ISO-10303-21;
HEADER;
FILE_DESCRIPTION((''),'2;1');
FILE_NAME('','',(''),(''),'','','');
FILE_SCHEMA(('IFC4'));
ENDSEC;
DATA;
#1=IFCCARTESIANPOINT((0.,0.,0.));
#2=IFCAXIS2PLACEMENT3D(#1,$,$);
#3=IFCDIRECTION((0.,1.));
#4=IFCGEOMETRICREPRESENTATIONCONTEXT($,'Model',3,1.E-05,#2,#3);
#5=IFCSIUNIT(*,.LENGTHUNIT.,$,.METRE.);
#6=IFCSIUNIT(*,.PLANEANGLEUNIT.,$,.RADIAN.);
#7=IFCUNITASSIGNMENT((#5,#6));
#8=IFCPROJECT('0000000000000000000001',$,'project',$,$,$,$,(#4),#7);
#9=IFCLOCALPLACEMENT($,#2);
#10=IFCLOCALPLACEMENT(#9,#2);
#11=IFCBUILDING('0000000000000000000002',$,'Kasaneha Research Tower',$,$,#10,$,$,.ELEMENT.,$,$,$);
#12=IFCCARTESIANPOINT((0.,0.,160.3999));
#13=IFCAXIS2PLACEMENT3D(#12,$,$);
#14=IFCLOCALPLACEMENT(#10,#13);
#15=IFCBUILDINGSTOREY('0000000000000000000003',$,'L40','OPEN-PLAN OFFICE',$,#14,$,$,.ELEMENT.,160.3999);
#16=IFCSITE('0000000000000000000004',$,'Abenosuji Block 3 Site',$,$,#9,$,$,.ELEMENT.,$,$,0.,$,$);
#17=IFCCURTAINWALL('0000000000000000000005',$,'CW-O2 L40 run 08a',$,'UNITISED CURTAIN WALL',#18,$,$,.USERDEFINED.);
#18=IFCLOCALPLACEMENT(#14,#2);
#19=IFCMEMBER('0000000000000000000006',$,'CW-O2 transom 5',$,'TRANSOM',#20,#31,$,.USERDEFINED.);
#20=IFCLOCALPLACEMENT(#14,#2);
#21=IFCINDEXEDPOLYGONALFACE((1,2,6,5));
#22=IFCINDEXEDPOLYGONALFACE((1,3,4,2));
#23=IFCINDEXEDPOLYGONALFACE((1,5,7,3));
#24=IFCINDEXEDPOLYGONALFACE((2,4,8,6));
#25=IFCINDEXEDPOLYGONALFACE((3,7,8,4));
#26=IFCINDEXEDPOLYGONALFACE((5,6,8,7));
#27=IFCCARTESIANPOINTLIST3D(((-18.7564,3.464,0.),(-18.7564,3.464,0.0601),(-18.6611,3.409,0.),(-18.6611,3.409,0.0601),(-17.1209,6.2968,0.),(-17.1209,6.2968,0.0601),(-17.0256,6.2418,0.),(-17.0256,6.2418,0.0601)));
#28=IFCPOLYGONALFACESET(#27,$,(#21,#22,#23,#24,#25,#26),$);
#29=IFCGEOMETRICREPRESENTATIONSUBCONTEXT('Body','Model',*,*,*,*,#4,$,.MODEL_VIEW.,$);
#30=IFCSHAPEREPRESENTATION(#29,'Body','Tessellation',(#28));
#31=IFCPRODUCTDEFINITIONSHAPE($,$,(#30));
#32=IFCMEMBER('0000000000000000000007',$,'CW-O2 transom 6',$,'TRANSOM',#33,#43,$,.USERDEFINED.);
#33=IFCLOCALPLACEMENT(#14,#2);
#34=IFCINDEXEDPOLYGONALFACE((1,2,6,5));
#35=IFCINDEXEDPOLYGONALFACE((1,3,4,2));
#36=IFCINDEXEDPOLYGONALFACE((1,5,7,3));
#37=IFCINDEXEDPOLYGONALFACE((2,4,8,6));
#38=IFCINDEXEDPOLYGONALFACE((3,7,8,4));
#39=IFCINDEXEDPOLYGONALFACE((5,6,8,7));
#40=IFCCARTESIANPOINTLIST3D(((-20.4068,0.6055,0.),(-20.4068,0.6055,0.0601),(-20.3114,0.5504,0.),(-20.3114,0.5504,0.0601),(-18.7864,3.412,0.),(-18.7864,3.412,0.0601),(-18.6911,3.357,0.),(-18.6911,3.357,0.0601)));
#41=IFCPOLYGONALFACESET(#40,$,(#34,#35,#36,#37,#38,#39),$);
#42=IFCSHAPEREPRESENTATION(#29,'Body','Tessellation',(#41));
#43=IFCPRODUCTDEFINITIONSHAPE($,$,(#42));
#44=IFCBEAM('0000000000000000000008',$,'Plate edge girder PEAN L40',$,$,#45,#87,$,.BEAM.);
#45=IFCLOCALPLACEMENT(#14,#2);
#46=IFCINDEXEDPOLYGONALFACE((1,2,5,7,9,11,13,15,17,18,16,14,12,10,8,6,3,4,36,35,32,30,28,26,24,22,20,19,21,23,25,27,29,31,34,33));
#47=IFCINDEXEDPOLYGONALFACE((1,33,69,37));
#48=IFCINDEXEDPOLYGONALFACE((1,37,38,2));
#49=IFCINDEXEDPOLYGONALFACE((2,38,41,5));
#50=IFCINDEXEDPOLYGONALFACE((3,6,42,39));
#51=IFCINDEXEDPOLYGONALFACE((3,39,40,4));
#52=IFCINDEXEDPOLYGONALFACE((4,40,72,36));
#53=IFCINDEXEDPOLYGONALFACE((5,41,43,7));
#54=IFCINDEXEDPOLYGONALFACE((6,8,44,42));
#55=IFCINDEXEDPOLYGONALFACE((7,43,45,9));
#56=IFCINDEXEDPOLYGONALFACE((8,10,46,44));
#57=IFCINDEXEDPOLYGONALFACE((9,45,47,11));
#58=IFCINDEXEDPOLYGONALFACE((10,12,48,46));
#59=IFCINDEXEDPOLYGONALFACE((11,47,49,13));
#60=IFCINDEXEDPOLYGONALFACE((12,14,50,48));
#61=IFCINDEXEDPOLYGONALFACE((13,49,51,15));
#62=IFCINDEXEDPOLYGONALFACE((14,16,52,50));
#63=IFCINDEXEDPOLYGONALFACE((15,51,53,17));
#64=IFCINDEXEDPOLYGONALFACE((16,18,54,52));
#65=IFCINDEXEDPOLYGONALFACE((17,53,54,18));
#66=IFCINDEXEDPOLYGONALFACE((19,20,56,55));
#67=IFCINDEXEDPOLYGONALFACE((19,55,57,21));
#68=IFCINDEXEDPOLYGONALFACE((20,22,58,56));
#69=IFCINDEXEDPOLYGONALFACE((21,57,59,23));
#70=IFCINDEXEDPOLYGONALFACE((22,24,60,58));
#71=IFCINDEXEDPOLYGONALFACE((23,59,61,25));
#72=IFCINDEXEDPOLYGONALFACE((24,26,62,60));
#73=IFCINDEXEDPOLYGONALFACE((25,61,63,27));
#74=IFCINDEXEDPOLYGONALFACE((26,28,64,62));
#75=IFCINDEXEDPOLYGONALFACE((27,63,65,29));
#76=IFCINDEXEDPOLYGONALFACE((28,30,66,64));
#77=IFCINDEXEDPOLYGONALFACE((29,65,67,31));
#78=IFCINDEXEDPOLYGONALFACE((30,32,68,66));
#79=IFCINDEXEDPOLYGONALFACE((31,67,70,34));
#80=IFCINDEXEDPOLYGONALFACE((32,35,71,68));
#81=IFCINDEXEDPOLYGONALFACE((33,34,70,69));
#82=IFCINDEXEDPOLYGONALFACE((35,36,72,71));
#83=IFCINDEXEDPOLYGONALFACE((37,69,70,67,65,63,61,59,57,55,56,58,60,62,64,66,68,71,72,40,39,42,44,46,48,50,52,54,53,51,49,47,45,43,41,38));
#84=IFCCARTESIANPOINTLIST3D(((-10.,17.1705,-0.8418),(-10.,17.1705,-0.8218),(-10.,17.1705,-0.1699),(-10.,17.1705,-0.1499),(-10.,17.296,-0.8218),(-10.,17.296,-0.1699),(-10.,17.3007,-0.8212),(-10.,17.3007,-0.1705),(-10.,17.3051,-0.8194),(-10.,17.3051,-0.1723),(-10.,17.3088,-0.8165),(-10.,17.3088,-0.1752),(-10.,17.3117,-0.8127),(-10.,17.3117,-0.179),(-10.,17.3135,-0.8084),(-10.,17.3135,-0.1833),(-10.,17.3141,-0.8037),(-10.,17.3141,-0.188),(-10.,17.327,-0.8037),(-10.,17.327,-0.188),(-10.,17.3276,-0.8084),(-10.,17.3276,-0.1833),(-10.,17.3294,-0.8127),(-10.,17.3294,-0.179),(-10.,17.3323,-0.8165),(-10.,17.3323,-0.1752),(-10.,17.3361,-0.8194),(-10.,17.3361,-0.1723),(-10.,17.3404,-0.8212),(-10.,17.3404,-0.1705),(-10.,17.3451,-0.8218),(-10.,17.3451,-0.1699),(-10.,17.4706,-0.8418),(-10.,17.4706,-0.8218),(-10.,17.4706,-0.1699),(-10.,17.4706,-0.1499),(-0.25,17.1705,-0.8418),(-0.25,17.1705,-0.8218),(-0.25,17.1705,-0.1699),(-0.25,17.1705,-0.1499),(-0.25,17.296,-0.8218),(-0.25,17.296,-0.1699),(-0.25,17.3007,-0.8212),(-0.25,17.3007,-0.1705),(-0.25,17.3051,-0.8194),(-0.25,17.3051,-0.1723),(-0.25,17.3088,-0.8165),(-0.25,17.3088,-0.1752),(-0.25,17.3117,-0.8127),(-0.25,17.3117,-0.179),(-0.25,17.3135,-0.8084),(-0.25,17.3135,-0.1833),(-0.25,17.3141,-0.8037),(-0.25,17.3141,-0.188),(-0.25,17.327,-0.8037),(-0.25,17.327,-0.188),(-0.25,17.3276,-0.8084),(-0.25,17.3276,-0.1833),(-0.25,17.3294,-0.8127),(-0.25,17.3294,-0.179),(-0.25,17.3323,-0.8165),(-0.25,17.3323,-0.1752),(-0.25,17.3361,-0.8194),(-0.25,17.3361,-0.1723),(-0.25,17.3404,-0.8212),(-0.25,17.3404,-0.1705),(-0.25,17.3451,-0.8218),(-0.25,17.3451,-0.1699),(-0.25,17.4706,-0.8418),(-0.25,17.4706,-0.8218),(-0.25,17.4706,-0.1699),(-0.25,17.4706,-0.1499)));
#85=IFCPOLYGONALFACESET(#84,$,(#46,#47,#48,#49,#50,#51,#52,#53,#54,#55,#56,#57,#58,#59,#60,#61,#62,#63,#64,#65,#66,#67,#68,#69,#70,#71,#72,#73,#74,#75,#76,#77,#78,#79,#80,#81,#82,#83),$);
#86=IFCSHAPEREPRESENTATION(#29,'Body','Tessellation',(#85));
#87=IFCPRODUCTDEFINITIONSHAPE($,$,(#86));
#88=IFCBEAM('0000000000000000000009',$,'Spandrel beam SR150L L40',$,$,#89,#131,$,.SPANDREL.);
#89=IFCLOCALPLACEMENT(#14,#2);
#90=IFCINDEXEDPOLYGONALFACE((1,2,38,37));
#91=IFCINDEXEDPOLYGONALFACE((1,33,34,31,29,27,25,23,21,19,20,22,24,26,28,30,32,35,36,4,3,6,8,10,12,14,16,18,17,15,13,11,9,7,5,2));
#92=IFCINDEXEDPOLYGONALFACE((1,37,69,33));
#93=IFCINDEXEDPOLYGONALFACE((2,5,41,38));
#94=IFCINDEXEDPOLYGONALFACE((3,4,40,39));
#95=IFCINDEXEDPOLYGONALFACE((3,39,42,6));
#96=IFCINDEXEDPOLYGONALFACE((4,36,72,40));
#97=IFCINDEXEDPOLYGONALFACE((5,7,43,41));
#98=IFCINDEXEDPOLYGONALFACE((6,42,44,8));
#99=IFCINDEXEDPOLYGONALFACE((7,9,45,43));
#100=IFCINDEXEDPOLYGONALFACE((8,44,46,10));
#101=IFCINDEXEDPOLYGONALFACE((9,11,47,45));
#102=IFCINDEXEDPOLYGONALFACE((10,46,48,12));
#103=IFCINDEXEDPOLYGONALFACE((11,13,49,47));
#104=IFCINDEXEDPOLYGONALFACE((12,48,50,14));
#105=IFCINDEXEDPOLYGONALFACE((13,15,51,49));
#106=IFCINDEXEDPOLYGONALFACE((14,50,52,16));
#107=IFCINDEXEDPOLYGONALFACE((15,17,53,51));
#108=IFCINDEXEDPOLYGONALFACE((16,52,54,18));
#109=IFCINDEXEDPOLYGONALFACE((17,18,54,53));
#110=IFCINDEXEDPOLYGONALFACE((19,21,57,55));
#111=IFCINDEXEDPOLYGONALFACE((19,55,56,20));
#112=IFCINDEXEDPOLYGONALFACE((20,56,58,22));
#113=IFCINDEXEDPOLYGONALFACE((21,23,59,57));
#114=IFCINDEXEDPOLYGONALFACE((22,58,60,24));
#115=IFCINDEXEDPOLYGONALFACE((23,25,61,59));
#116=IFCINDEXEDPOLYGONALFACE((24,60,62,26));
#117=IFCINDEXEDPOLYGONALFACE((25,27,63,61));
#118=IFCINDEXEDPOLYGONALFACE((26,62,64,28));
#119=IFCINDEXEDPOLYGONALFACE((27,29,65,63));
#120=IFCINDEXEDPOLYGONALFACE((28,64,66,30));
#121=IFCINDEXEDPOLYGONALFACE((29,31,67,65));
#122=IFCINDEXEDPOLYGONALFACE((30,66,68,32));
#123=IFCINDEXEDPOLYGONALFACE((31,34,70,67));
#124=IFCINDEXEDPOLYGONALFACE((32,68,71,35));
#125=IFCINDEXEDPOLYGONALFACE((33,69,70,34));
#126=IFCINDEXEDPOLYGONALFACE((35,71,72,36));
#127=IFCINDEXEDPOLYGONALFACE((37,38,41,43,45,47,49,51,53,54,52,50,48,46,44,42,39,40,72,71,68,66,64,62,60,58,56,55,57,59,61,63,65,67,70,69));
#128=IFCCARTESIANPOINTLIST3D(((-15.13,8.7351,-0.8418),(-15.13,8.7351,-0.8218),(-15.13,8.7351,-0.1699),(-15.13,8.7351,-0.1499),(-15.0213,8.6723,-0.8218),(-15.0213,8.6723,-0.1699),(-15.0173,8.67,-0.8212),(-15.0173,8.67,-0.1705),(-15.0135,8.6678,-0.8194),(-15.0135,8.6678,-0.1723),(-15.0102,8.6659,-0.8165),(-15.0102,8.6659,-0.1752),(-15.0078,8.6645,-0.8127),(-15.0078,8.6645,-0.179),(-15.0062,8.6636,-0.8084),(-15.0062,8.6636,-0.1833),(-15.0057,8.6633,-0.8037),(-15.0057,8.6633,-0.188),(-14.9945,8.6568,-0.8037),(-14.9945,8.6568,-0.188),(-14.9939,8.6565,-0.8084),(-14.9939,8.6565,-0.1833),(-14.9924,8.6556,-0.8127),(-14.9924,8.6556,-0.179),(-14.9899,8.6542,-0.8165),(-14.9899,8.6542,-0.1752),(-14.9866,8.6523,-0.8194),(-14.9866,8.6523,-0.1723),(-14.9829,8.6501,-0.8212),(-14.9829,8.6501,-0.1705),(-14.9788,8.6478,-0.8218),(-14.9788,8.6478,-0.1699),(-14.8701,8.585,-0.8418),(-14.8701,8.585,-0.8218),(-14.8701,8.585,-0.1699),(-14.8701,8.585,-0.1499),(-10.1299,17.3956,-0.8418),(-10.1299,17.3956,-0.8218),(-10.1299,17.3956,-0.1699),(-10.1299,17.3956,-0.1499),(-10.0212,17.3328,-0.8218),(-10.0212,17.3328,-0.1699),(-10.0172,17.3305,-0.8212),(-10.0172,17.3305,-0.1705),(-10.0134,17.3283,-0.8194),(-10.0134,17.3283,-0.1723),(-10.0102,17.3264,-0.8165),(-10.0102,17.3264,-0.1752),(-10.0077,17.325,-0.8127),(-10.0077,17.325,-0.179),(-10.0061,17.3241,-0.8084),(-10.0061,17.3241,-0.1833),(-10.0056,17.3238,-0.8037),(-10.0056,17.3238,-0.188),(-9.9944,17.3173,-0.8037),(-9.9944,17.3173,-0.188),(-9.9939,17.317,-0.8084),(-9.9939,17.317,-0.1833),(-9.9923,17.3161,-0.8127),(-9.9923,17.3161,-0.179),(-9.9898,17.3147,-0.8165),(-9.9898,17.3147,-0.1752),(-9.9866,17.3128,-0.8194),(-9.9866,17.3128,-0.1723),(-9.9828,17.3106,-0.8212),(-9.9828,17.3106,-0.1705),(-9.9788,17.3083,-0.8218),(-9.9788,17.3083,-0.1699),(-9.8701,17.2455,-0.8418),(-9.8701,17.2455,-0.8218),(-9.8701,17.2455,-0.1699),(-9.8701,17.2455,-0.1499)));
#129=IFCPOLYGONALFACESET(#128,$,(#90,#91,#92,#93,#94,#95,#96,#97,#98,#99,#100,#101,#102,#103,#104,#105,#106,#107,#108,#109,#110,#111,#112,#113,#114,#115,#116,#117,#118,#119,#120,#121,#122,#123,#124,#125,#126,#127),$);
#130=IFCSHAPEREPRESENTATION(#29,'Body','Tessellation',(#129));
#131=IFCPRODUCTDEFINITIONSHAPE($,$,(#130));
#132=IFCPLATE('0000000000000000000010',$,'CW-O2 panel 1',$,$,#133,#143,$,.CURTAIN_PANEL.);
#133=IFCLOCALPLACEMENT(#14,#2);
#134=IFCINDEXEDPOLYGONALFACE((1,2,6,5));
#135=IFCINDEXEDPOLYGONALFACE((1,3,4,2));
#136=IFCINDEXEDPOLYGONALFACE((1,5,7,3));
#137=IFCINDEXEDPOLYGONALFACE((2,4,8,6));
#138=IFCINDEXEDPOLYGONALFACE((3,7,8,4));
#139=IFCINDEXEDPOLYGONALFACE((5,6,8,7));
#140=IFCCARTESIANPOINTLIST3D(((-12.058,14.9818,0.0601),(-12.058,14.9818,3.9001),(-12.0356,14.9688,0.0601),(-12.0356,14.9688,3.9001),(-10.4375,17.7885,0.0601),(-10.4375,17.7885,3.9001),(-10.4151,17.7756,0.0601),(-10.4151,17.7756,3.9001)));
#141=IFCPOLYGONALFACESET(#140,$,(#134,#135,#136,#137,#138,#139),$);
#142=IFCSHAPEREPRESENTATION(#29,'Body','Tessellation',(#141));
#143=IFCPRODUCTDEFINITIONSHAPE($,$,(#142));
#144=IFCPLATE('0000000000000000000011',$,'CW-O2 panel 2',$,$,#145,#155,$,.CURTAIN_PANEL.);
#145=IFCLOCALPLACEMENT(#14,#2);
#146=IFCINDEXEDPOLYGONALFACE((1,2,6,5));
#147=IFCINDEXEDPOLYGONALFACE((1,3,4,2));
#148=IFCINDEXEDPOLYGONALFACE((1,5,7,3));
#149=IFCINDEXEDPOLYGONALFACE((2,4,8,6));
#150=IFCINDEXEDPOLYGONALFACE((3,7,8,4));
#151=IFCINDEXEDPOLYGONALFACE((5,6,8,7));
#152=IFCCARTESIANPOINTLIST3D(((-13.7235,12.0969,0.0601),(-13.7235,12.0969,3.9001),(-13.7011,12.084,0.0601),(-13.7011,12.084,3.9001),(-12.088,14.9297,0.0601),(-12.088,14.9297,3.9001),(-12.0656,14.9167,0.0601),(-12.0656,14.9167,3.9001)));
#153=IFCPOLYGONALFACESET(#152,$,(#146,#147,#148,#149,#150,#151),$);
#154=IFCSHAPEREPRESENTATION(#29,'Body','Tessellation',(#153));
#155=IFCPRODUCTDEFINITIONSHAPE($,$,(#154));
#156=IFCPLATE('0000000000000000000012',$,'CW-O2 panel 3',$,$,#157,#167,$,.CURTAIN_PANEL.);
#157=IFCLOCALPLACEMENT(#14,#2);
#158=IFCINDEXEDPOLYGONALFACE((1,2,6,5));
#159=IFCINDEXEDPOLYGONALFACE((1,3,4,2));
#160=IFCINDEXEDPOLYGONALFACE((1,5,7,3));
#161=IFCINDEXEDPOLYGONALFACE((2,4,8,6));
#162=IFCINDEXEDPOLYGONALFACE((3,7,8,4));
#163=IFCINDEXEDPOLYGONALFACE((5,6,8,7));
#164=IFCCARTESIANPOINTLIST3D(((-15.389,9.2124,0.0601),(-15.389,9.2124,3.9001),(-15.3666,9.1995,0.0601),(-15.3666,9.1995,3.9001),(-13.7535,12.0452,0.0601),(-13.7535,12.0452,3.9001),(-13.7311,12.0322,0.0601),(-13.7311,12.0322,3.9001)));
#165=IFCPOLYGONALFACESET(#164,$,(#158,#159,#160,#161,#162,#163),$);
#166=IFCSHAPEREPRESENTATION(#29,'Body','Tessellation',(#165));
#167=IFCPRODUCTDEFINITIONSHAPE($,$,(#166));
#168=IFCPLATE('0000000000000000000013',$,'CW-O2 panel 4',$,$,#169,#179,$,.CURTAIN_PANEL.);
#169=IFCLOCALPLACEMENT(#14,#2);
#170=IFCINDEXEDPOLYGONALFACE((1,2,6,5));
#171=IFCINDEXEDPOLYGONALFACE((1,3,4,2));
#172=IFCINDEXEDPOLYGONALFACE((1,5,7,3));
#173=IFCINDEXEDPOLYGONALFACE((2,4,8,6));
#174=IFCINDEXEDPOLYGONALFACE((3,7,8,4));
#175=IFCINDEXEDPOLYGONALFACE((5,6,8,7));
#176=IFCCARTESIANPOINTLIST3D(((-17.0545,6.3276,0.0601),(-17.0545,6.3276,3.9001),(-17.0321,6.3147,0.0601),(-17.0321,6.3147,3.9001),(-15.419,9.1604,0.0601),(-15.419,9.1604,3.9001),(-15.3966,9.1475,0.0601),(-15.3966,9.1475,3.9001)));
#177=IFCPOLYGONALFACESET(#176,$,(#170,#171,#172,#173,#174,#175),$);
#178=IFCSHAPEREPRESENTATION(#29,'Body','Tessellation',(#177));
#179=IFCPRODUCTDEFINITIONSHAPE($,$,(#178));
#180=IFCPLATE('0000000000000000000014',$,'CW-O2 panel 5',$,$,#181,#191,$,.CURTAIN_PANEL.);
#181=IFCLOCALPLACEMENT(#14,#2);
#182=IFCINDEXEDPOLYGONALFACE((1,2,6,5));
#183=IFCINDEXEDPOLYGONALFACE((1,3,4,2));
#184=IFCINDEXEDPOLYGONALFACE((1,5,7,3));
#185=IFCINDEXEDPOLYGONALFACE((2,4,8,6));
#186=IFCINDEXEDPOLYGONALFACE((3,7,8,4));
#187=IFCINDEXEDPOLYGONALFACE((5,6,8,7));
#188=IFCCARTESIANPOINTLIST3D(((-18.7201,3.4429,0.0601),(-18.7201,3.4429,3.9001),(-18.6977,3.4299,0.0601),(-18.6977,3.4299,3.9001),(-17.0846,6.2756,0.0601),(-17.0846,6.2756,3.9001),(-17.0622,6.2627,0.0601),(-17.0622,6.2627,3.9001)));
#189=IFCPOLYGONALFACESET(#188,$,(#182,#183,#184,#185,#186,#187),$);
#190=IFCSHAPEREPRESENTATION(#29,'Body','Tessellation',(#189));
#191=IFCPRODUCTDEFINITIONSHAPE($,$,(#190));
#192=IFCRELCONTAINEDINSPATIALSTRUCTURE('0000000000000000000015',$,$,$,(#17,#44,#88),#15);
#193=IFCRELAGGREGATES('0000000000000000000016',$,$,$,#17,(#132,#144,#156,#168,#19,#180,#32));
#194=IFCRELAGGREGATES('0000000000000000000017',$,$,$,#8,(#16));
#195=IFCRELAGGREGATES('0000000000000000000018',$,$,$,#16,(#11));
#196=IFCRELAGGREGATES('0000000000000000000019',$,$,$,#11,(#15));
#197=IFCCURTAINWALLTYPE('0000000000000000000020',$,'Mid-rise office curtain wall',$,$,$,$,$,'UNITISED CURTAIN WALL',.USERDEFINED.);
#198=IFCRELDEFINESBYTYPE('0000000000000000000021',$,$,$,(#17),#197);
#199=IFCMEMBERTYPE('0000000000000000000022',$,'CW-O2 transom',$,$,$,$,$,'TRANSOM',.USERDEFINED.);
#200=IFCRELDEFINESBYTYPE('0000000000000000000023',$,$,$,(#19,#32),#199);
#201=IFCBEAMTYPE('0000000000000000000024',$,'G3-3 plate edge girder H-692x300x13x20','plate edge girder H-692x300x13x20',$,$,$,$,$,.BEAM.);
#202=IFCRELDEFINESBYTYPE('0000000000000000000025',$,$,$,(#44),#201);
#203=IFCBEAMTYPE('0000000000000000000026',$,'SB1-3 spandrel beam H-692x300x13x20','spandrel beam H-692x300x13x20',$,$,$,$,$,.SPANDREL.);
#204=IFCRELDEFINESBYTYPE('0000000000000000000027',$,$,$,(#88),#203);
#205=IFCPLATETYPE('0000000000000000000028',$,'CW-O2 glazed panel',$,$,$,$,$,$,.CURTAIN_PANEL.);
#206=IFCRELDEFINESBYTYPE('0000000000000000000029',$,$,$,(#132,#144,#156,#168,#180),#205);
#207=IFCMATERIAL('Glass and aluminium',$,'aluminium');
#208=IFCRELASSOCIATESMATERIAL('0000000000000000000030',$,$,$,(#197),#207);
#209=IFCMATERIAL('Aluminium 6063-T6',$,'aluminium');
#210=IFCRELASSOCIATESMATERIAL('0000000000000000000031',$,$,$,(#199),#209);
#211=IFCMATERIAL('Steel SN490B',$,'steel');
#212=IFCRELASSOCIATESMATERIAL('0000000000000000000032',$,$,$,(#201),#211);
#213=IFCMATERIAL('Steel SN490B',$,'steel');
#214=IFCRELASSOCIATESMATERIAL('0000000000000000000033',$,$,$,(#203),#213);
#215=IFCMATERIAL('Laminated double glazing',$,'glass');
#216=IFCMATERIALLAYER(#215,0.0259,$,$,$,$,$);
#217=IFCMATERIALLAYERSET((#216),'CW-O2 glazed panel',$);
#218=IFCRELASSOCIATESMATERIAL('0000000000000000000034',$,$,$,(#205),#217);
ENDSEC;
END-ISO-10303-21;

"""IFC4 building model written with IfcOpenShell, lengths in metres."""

from ifc_helpers import new_model, si_unit, direction, frame, origin, origin_2d, place, context, subcontext, project, spatial, rectangle, i_section, extrude, material, layer, layer_set, material_profile, profile_set, type_object, element, aggregate, save


model = new_model("IFC4")

# Units and contexts
model_context = context("Model", 3, precision=1e-05, world=origin(), true_north=direction((0.0, 1.0)))
body_context = subcontext(model_context, "Body", "Model", "MODEL_VIEW")
ifc_project = project(units=[si_unit("LENGTHUNIT", "METRE"), si_unit("PLANEANGLEUNIT", "RADIAN")], contexts=[model_context])

# Site, building, storey
site_placement = place(None, origin())
site = spatial("IfcSite", under=ifc_project, at=site_placement, Name="Abenosuji Block 3 Site", CompositionType="ELEMENT", RefElevation=0.0)
building_placement = place(site_placement, origin())
building = spatial("IfcBuilding", under=site, at=building_placement, Name="Kasaneha Research Tower", CompositionType="ELEMENT")
storey_placement = place(building_placement, frame((0.0, 0.0, 160.3999)))
storey = spatial("IfcBuildingStorey", under=building, at=storey_placement, Name="L40", Description="OPEN-PLAN OFFICE", CompositionType="ELEMENT", Elevation=160.3999)

# Shared definitions
ifc_material_1 = material(Name="Glass and aluminium", Category="aluminium")
curtain_wall_type = type_object("IfcCurtainWallType", Name="Mid-rise office curtain wall", ElementType="UNITISED CURTAIN WALL", PredefinedType="USERDEFINED", material=ifc_material_1)

# Curtain wall, members
curtain_wall_1_placement = place(storey_placement, origin())
curtain_wall_1 = element("IfcCurtainWall", 1, at=curtain_wall_1_placement, inside=storey, type_object=curtain_wall_type, Name="CW-O2 L40 run 08a", ObjectType="UNITISED CURTAIN WALL", PredefinedType="USERDEFINED")
ifc_material_2 = material(Name="Aluminium 6063-T6", Category="aluminium")
ifc_material_profile_1 = material_profile(ifc_material_2, rectangle(XDim=0.1101, YDim=0.0601, at=origin_2d()), Name="CW-O2 transom 110x60")
ifc_profile_set_1 = profile_set([ifc_material_profile_1], Name="Aluminium 6063-T6")
member_type_1 = type_object("IfcMemberType", Name="CW-O2 transom", ElementType="TRANSOM", PredefinedType="USERDEFINED", material=ifc_profile_set_1)
member_1_placement = place(storey_placement, frame((-17.0732, 6.2693, 0.03), z_axis=(-0.5, -0.866025, 0.0), x_axis=(0.866025, -0.5, 0.0)))
member_1 = element("IfcMember", 2, at=member_1_placement, type_object=member_type_1, Name="CW-O2 transom 5", ObjectType="TRANSOM", PredefinedType="USERDEFINED", context=body_context, shape_type="SweptSolid", body=[
    extrude(rectangle(XDim=0.1101, YDim=0.0601, at=origin_2d()), origin(), (0.0, 0.0, 1.0), 3.271),
])
member_2_placement = place(storey_placement, frame((-18.7388, 3.3845, 0.03), z_axis=(-0.499988, -0.866033, 0.0), x_axis=(0.866033, -0.499988, 0.0)))
member_2 = element("IfcMember", 3, at=member_2_placement, type_object=member_type_1, Name="CW-O2 transom 6", ObjectType="TRANSOM", PredefinedType="USERDEFINED", context=body_context, shape_type="SweptSolid", body=[
    extrude(rectangle(XDim=0.1101, YDim=0.0601, at=origin_2d()), origin(), (0.0, 0.0, 1.0), 3.2407),
])

# Beams
ifc_material_3 = material(Name="Steel SN490B", Category="steel")
ifc_material_profile_2 = material_profile(ifc_material_3, i_section(OverallWidth=0.3, OverallDepth=0.6919, WebThickness=0.0129, FlangeThickness=0.02, FilletRadius=0.0181, at=origin_2d()), Name="H-692x300x13x20")
ifc_profile_set_2 = profile_set([ifc_material_profile_2], Name="Steel SN490B")
beam_type_1 = type_object("IfcBeamType", Name="G3-3 plate edge girder H-692x300x13x20", Description="plate edge girder H-692x300x13x20", PredefinedType="BEAM", material=ifc_profile_set_2)
beam_1_placement = place(storey_placement, frame((-10.0, 17.3206, -0.4958), z_axis=(1.0, 0.0, 0.0), x_axis=(0.0, 1.0, 0.0)))
element("IfcBeam", 4, at=beam_1_placement, inside=storey, type_object=beam_type_1, Name="Plate edge girder PEAN L40", PredefinedType="BEAM", context=body_context, shape_type="SweptSolid", body=[
    extrude(i_section(OverallWidth=0.3, OverallDepth=0.6919, WebThickness=0.0129, FlangeThickness=0.02, FilletRadius=0.0181, at=origin_2d()), origin(), (0.0, 0.0, 1.0), 9.75),
])
ifc_material_4 = material(Name="Steel SN490B", Category="steel")
ifc_material_profile_3 = material_profile(ifc_material_4, i_section(OverallWidth=0.3, OverallDepth=0.6919, WebThickness=0.0129, FlangeThickness=0.02, FilletRadius=0.0181, at=origin_2d()), Name="H-692x300x13x20")
ifc_profile_set_3 = profile_set([ifc_material_profile_3], Name="Steel SN490B")
beam_type_2 = type_object("IfcBeamType", Name="SB1-3 spandrel beam H-692x300x13x20", Description="spandrel beam H-692x300x13x20", PredefinedType="SPANDREL", material=ifc_profile_set_3)
beam_2_placement = place(storey_placement, frame((-10.0, 17.3206, -0.4958), z_axis=(-0.499994, -0.866029, 0.0), x_axis=(0.866029, -0.499994, 0.0)))
element("IfcBeam", 5, at=beam_2_placement, inside=storey, type_object=beam_type_2, Name="Spandrel beam SR150L L40", PredefinedType="SPANDREL", context=body_context, shape_type="SweptSolid", body=[
    extrude(i_section(OverallWidth=0.3, OverallDepth=0.6919, WebThickness=0.0129, FlangeThickness=0.02, FilletRadius=0.0181, at=origin_2d()), origin(), (0.0, 0.0, 1.0), 10.0002),
])

# Plates
ifc_material_5 = material(Name="Laminated double glazing", Category="glass")
ifc_layer_1 = layer(ifc_material_5, 0.0259)
ifc_layer_set_1 = layer_set([ifc_layer_1], Name="CW-O2 glazed panel")
plate_type = type_object("IfcPlateType", Name="CW-O2 glazed panel", PredefinedType="CURTAIN_PANEL", material=ifc_layer_set_1)
plate_1_placement = place(storey_placement, frame((-11.2366, 16.3787, 0.0601), z_axis=(0.0, 0.0, 1.0), x_axis=(-0.5, -0.866025, 0.0)))
plate_1 = element("IfcPlate", 6, at=plate_1_placement, type_object=plate_type, Name="CW-O2 panel 1", PredefinedType="CURTAIN_PANEL", context=body_context, shape_type="SweptSolid", body=[
    extrude(rectangle(XDim=3.241, YDim=0.0259, at=origin_2d()), origin(), (0.0, 0.0, 1.0), 3.8401),
])
plate_2_placement = place(storey_placement, frame((-12.8945, 13.5068, 0.0601), z_axis=(0.0, 0.0, 1.0), x_axis=(-0.5, -0.866025, 0.0)))
plate_2 = element("IfcPlate", 7, at=plate_2_placement, type_object=plate_type, Name="CW-O2 panel 2", PredefinedType="CURTAIN_PANEL", context=body_context, shape_type="SweptSolid", body=[
    extrude(rectangle(XDim=3.271, YDim=0.0259, at=origin_2d()), origin(), (0.0, 0.0, 1.0), 3.8401),
])
plate_3_placement = place(storey_placement, frame((-14.5601, 10.6223, 0.0601), z_axis=(0.0, 0.0, 1.0), x_axis=(-0.5, -0.866025, 0.0)))
plate_3 = element("IfcPlate", 8, at=plate_3_placement, type_object=plate_type, Name="CW-O2 panel 3", PredefinedType="CURTAIN_PANEL", context=body_context, shape_type="SweptSolid", body=[
    extrude(rectangle(XDim=3.271, YDim=0.0259, at=origin_2d()), origin(), (0.0, 0.0, 1.0), 3.8401),
])
plate_4_placement = place(storey_placement, frame((-16.2256, 7.7375, 0.0601), z_axis=(0.0, 0.0, 1.0), x_axis=(-0.5, -0.866025, 0.0)))
plate_4 = element("IfcPlate", 9, at=plate_4_placement, type_object=plate_type, Name="CW-O2 panel 4", PredefinedType="CURTAIN_PANEL", context=body_context, shape_type="SweptSolid", body=[
    extrude(rectangle(XDim=3.271, YDim=0.0259, at=origin_2d()), origin(), (0.0, 0.0, 1.0), 3.8401),
])
plate_5_placement = place(storey_placement, frame((-17.8911, 4.8528, 0.0601), z_axis=(0.0, 0.0, 1.0), x_axis=(-0.5, -0.866025, 0.0)))
plate_5 = element("IfcPlate", 10, at=plate_5_placement, type_object=plate_type, Name="CW-O2 panel 5", PredefinedType="CURTAIN_PANEL", context=body_context, shape_type="SweptSolid", body=[
    extrude(rectangle(XDim=3.271, YDim=0.0259, at=origin_2d()), origin(), (0.0, 0.0, 1.0), 3.8401),
])
aggregate(curtain_wall_1, [plate_1, plate_2, plate_3, plate_4, member_1, plate_5, member_2])

save(model, "model.ifc")
